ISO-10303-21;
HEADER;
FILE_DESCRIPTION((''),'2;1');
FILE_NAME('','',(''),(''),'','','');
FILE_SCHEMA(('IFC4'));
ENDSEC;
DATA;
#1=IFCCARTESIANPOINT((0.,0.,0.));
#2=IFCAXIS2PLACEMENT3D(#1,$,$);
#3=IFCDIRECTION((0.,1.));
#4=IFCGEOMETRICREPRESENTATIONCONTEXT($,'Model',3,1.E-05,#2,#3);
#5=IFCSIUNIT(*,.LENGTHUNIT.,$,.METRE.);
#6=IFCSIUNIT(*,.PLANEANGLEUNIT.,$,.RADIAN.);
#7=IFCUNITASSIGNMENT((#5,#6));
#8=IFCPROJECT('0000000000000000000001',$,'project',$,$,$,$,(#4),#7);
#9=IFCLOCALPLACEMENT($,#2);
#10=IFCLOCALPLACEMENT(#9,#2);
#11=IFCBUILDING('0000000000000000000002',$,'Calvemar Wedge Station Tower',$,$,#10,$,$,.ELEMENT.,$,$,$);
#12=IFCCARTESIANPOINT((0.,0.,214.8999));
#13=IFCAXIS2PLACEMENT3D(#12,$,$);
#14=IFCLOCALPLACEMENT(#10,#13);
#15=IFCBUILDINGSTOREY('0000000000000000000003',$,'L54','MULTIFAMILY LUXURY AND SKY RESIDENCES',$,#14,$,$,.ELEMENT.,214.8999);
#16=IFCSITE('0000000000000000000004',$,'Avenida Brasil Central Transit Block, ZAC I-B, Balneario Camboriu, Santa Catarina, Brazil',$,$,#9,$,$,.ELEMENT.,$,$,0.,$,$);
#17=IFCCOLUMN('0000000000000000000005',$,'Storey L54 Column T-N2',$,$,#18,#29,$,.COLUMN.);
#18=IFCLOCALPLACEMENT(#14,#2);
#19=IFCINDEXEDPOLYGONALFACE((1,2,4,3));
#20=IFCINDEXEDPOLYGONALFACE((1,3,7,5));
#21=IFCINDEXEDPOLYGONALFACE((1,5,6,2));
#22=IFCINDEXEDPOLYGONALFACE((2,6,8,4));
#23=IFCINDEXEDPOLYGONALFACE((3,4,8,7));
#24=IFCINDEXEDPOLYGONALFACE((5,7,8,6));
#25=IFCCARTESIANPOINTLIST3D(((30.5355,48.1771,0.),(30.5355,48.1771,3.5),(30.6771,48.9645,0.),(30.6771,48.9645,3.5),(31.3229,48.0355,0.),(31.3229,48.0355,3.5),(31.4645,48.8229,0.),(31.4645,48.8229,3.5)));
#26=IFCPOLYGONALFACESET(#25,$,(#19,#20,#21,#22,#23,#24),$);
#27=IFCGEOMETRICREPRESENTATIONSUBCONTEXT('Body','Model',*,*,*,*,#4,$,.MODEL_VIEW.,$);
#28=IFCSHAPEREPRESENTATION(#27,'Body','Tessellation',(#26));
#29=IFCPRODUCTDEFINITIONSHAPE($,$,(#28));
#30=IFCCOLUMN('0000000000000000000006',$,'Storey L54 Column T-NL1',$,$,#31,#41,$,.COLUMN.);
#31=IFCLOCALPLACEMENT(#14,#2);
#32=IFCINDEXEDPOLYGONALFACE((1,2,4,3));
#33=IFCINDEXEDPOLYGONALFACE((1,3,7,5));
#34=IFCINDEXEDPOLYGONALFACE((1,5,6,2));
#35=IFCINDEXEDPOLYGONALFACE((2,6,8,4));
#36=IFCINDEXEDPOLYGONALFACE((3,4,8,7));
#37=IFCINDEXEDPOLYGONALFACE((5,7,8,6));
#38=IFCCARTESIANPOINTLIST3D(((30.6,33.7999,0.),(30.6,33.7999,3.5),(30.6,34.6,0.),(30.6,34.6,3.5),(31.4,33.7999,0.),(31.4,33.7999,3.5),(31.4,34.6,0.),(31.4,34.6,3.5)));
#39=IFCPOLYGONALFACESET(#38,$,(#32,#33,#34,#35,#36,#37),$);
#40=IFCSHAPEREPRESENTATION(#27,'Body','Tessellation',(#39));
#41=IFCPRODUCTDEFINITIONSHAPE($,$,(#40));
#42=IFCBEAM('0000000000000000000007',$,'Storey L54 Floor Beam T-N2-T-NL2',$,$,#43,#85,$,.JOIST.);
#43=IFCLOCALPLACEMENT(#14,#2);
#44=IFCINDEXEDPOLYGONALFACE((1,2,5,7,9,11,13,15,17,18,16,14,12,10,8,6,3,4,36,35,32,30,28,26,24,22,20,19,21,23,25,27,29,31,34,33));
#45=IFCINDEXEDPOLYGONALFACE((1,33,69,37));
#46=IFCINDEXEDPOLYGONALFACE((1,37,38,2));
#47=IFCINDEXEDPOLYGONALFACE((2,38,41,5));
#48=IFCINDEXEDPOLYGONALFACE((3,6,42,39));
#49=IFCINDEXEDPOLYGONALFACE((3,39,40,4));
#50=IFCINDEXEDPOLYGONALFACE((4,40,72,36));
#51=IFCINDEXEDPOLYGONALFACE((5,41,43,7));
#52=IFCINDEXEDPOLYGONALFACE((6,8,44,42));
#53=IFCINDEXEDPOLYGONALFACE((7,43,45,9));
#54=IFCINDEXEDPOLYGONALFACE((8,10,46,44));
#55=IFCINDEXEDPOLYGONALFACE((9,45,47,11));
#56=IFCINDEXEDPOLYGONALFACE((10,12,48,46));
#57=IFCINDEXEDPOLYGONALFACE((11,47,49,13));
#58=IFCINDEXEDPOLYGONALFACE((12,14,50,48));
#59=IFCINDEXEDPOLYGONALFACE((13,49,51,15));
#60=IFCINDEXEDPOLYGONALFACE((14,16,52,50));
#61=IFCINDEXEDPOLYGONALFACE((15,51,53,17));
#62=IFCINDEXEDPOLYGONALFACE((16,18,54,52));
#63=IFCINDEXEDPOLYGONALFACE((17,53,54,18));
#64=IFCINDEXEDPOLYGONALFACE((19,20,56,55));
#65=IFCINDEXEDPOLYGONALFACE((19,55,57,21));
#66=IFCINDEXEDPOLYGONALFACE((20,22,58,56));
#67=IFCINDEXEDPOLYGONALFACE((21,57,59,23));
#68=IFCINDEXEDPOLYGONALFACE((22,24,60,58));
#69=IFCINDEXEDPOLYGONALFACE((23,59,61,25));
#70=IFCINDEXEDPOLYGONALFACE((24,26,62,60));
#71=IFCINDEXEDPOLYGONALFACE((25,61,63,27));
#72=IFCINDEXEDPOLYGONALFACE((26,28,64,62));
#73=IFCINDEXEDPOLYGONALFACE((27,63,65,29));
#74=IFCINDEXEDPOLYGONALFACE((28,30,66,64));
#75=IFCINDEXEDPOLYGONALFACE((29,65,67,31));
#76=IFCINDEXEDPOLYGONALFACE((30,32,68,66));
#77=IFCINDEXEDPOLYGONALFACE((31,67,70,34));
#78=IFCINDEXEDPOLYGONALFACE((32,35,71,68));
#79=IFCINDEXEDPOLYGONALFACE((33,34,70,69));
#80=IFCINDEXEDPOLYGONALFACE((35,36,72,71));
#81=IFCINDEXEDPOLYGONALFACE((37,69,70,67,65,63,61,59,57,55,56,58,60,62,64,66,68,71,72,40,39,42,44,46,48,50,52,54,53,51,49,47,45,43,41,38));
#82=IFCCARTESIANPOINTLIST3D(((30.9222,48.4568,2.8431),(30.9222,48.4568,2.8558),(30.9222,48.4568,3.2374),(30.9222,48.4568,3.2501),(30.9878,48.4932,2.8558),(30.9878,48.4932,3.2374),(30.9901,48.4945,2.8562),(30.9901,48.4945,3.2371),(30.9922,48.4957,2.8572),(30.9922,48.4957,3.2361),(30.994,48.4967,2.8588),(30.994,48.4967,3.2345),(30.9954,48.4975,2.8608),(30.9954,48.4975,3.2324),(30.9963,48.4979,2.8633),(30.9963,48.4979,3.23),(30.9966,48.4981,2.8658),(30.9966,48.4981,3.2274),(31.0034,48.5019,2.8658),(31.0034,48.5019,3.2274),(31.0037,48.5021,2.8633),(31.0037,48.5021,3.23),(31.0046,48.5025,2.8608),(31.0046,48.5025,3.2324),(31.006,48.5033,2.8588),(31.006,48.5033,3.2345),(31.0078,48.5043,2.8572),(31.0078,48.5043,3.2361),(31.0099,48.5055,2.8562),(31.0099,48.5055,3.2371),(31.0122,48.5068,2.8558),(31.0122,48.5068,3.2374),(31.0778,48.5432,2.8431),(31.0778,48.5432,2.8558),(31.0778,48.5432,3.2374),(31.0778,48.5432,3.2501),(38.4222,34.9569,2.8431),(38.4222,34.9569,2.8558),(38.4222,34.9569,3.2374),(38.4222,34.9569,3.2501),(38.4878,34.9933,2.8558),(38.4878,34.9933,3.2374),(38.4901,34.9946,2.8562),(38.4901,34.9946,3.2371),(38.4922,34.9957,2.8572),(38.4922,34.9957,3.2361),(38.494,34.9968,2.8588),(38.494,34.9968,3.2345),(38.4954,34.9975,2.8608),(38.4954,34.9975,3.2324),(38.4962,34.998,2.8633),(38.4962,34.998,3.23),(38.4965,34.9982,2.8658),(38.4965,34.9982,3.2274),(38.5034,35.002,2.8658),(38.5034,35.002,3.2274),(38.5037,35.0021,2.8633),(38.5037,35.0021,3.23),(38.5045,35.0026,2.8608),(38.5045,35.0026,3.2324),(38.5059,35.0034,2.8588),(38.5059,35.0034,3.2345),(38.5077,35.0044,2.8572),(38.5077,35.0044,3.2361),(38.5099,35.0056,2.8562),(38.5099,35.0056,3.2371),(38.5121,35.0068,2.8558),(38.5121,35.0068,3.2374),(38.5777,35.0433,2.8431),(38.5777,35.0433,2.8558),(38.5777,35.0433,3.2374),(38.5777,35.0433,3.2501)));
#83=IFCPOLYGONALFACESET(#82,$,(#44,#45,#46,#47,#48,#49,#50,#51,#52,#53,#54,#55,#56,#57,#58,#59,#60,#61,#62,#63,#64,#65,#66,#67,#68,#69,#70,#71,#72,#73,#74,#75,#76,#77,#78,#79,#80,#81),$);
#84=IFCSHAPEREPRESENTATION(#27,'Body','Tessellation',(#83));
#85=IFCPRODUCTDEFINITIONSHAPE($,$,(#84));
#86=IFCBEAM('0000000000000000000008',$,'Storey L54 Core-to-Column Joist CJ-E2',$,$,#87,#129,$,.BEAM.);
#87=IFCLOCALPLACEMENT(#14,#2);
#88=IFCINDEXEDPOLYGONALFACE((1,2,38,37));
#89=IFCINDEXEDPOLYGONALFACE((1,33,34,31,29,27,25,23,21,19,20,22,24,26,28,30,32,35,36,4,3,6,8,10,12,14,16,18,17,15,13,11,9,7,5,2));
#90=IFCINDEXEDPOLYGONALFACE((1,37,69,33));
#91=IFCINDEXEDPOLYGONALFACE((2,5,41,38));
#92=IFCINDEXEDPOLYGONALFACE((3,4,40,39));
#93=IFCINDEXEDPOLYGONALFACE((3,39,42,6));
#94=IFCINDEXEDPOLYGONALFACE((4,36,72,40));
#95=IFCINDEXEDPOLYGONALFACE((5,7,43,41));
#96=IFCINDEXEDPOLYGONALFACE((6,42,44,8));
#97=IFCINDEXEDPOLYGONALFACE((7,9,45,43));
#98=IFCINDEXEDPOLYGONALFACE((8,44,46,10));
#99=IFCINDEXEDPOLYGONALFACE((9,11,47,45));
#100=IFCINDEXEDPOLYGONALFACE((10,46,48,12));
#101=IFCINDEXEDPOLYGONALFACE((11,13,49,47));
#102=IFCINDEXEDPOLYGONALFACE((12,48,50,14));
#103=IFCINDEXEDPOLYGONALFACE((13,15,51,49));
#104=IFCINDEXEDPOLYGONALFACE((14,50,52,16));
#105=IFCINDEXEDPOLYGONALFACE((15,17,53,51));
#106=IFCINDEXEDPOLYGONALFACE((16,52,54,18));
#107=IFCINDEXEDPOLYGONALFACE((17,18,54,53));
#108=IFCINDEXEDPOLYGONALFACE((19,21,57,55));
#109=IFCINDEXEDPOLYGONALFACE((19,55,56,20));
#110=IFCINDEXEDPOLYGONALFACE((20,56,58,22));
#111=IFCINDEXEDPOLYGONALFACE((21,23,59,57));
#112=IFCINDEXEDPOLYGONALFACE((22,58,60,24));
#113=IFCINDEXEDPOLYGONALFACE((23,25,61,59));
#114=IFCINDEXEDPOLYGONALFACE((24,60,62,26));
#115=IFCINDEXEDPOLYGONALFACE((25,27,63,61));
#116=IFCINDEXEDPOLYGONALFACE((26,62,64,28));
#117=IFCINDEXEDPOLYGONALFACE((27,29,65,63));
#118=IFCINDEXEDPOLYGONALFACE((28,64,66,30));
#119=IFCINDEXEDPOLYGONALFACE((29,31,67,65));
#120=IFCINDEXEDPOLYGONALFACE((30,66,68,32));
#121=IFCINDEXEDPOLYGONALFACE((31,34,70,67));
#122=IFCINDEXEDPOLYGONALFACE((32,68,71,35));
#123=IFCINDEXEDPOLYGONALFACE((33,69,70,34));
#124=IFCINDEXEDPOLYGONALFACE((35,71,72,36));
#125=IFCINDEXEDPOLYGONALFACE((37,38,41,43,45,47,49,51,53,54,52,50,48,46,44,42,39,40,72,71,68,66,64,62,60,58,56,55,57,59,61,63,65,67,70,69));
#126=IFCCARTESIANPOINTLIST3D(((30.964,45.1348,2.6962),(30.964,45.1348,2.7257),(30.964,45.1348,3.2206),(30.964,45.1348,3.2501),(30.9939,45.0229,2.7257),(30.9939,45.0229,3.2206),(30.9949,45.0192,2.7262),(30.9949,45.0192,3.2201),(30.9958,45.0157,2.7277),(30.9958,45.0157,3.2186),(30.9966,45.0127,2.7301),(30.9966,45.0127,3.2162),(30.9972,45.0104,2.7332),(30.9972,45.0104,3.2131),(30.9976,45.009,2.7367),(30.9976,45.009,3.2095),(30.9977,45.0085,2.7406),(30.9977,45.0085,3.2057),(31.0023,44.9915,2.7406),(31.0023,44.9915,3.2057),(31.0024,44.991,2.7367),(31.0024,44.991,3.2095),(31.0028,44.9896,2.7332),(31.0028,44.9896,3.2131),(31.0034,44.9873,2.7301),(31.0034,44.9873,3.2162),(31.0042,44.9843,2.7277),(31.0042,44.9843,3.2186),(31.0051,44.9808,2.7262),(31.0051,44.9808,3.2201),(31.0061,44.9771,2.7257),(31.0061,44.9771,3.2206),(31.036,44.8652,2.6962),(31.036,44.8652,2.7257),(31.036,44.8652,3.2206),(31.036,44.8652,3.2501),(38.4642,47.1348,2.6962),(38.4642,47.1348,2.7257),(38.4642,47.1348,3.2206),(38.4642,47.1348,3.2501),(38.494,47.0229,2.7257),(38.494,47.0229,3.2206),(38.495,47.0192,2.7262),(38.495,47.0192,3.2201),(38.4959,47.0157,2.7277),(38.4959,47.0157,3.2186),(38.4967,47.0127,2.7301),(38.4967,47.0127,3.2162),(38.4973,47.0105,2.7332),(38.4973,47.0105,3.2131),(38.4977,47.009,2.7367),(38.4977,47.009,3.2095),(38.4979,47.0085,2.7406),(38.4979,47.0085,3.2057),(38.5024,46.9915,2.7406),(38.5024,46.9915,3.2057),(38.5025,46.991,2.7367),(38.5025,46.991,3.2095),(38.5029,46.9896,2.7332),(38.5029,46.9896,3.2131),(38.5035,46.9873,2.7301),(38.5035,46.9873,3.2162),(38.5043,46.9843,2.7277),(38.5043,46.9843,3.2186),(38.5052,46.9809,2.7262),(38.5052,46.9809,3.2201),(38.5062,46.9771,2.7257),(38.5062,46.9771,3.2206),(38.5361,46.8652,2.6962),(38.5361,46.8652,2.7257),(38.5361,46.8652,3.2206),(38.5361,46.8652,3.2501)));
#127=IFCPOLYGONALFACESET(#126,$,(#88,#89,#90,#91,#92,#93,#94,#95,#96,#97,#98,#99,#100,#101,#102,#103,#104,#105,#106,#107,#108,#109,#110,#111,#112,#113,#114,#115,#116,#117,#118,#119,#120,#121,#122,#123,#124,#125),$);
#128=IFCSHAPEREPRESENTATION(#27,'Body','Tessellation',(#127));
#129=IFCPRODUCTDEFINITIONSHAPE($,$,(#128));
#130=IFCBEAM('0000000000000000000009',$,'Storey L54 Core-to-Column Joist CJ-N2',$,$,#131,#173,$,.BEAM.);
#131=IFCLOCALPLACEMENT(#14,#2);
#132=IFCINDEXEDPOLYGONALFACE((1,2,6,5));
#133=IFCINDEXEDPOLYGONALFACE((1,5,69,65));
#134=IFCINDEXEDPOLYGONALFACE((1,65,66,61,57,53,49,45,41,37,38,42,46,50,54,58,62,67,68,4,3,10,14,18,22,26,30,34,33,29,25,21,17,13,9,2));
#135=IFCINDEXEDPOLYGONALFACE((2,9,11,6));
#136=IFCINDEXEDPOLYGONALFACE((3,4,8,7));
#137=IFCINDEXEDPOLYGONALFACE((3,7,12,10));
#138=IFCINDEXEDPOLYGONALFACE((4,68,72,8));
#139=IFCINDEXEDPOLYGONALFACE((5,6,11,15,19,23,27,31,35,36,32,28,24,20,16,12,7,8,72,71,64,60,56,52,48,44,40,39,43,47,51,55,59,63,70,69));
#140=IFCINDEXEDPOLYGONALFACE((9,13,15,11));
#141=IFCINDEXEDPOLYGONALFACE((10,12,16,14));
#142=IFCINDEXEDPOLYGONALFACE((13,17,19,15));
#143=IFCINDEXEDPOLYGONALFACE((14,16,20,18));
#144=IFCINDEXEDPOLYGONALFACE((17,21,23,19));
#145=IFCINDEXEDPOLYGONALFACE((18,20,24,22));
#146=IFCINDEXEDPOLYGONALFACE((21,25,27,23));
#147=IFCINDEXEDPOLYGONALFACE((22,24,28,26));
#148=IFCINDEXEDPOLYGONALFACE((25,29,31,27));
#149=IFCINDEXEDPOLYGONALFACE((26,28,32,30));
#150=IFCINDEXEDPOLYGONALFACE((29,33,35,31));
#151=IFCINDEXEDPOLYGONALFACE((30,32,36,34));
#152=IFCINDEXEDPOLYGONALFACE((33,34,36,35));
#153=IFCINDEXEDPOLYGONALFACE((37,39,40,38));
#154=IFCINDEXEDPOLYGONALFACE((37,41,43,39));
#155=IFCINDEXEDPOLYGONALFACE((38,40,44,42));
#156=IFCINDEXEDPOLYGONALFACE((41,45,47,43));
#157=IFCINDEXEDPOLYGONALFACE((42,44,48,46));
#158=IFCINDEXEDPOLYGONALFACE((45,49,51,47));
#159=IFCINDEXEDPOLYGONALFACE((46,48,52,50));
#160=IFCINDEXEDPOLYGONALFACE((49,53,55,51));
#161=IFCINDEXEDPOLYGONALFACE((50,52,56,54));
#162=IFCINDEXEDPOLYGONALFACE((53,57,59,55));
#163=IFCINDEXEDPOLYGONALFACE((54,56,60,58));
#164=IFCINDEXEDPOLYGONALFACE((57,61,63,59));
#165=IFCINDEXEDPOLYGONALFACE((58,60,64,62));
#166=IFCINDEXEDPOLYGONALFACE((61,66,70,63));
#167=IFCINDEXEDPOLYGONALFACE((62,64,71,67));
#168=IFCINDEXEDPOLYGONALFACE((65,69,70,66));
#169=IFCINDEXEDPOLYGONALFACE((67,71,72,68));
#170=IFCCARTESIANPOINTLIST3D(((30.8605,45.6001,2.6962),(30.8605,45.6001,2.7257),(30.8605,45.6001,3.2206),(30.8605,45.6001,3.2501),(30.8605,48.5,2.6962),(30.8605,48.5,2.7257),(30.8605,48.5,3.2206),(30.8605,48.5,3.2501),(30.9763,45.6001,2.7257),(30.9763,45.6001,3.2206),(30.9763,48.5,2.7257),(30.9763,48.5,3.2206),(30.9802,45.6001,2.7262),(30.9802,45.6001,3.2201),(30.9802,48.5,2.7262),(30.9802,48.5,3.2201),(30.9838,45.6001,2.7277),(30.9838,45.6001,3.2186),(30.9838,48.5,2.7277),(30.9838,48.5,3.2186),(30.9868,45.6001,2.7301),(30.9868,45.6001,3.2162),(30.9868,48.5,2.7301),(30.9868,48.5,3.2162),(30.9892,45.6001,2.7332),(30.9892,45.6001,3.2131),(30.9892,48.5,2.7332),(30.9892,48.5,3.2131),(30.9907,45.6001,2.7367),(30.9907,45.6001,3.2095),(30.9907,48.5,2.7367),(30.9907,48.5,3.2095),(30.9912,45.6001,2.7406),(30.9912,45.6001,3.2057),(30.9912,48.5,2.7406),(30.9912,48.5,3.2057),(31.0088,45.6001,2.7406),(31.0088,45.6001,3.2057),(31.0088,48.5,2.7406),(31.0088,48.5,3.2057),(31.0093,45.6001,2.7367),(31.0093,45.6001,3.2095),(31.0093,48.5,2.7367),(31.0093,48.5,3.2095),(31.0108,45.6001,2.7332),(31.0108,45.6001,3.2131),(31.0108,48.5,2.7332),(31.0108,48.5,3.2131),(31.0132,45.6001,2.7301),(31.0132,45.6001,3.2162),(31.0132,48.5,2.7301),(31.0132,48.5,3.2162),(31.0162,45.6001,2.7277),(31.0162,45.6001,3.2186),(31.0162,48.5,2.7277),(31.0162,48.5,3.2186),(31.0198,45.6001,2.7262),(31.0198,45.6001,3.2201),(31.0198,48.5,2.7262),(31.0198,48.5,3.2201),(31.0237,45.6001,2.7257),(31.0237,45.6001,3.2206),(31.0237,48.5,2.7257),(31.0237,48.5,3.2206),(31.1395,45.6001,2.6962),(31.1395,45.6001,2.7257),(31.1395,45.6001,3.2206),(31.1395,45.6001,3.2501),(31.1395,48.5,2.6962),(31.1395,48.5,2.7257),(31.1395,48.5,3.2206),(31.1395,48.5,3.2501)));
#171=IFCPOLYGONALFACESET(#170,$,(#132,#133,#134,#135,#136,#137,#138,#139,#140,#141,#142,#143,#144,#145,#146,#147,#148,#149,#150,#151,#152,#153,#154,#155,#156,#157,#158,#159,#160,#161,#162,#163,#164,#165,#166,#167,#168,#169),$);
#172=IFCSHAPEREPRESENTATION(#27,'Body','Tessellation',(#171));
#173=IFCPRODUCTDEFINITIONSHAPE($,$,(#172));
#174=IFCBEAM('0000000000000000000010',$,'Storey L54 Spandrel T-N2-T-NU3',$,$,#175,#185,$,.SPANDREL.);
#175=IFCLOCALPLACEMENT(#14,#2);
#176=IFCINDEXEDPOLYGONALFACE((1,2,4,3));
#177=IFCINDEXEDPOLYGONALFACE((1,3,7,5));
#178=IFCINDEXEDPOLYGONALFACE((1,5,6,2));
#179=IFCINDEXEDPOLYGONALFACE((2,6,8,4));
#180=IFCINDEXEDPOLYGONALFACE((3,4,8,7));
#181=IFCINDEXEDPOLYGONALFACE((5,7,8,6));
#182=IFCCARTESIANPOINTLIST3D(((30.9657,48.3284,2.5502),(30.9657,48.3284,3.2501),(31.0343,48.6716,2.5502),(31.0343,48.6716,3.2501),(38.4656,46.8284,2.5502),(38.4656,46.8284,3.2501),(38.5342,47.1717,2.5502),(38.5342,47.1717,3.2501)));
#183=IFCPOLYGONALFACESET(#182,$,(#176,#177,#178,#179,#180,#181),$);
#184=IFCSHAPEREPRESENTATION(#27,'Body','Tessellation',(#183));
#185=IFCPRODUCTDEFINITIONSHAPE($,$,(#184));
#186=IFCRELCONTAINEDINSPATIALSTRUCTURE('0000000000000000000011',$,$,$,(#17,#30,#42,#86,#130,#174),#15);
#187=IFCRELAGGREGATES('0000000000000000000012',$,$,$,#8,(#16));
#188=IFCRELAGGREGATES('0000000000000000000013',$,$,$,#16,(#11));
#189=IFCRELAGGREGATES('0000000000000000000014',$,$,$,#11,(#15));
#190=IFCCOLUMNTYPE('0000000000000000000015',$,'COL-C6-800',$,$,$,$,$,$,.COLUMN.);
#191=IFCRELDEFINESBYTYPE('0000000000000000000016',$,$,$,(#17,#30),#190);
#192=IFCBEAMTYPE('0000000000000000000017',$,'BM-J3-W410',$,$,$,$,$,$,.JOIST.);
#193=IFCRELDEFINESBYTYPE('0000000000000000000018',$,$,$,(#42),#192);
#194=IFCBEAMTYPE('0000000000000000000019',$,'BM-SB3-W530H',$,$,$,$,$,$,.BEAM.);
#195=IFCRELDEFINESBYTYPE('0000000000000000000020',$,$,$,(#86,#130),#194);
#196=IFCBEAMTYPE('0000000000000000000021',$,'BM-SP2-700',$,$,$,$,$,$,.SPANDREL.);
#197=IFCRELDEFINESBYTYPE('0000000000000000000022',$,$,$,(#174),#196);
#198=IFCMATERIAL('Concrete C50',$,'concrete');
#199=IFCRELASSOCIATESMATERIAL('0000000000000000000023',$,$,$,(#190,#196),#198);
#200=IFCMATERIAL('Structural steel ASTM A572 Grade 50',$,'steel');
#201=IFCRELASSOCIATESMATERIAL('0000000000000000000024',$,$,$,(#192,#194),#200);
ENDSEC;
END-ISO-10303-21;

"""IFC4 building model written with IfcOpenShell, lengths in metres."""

from ifc_helpers import new_model, si_unit, direction, frame, origin, origin_2d, place, context, subcontext, project, spatial, rectangle, i_section, extrude, source, transform, mapped, material, material_profile, profile_set, type_object, element, save


model = new_model("IFC4")

# Units and contexts
model_context = context("Model", 3, precision=1e-05, world=origin(), true_north=direction((0.0, 1.0)))
body_context = subcontext(model_context, "Body", "Model", "MODEL_VIEW")
ifc_project = project(units=[si_unit("LENGTHUNIT", "METRE"), si_unit("PLANEANGLEUNIT", "RADIAN")], contexts=[model_context])

# Site, building, storey
site_placement = place(None, origin())
site = spatial("IfcSite", under=ifc_project, at=site_placement, Name="Avenida Brasil Central Transit Block, ZAC I-B, Balneario Camboriu, Santa Catarina, Brazil", CompositionType="ELEMENT", RefElevation=0.0)
building_placement = place(site_placement, origin())
building = spatial("IfcBuilding", under=site, at=building_placement, Name="Calvemar Wedge Station Tower", CompositionType="ELEMENT")
storey_placement = place(building_placement, frame((0.0, 0.0, 214.8999)))
storey = spatial("IfcBuildingStorey", under=building, at=storey_placement, Name="L54", Description="MULTIFAMILY LUXURY AND SKY RESIDENCES", CompositionType="ELEMENT", Elevation=214.8999)

# Columns
ifc_material_1 = material(Name="Concrete C50", Category="concrete")
ifc_material_profile_1 = material_profile(ifc_material_1, rectangle(XDim=0.8, YDim=0.8, at=origin_2d()), Name="RC800x800")
ifc_profile_set_1 = profile_set([ifc_material_profile_1], Name="Concrete C50")
column_type = type_object("IfcColumnType", Name="COL-C6-800", PredefinedType="COLUMN", material=ifc_profile_set_1)
shared_shape_1 = source(origin(), body_context, "Body", "SweptSolid", [
    extrude(rectangle(XDim=0.8, YDim=0.8, at=origin_2d()), origin(), (0.0, 0.0, 1.0), 3.5),
])
for number, where, z_axis, x_axis, name in (
    (1, (31.0, 48.5, 0.0), (0.0, 0.0, 1.0), (0.984196, -0.177085, 0.0), "Storey L54 Column T-N2"),
    (2, (31.0, 34.2, 0.0), (0.0, 0.0, 1.0), (1.0, 0.0, 0.0), "Storey L54 Column T-NL1"),
):
    element("IfcColumn", number, at=place(storey_placement, frame(where, z_axis=z_axis, x_axis=x_axis)), inside=storey, type_object=column_type, Name=name, PredefinedType="COLUMN", context=body_context, shape_type="MappedRepresentation", body=[
        mapped(shared_shape_1, transform((0.0, 0.0, 0.0), scale=1.0)),
    ])

# Beams
ifc_material_2 = material(Name="Structural steel ASTM A572 Grade 50", Category="steel")
ifc_material_profile_2 = material_profile(ifc_material_2, i_section(OverallWidth=0.178, OverallDepth=0.407, WebThickness=0.0078, FlangeThickness=0.0127, FilletRadius=0.01, at=origin_2d()), Name="W410x60")
ifc_profile_set_2 = profile_set([ifc_material_profile_2], Name="Structural steel ASTM A572 Grade 50")
beam_type_1 = type_object("IfcBeamType", Name="BM-J3-W410", PredefinedType="JOIST", material=ifc_profile_set_2)
shared_shape_2 = source(origin(), body_context, "Body", "SweptSolid", [
    extrude(i_section(OverallWidth=0.178, OverallDepth=0.407, WebThickness=0.0078, FlangeThickness=0.0127, FilletRadius=0.01, at=origin_2d()), origin(), (0.0, 0.0, 1.0), 15.4434),
])
beam_1_placement = place(storey_placement, frame((31.0, 48.5, 3.0466), z_axis=(0.485643, -0.874157, 0.0), x_axis=(0.874157, 0.485643, 0.0)))
element("IfcBeam", 3, at=beam_1_placement, inside=storey, type_object=beam_type_1, Name="Storey L54 Floor Beam T-N2-T-NL2", PredefinedType="JOIST", context=body_context, shape_type="MappedRepresentation", body=[
    mapped(shared_shape_2, transform((0.0, 0.0, 0.0), scale=1.0)),
])
ifc_material_profile_3 = material_profile(ifc_material_2, i_section(OverallWidth=0.2791, OverallDepth=0.554, WebThickness=0.0176, FlangeThickness=0.0295, FilletRadius=0.0149, at=origin_2d()), Name="W530x196")
ifc_profile_set_3 = profile_set([ifc_material_profile_3], Name="Structural steel ASTM A572 Grade 50")
beam_type_2 = type_object("IfcBeamType", Name="BM-SB3-W530H", PredefinedType="BEAM", material=ifc_profile_set_3)
shared_shape_3 = source(origin(), body_context, "Body", "SweptSolid", [
    extrude(i_section(OverallWidth=0.2791, OverallDepth=0.554, WebThickness=0.0176, FlangeThickness=0.0295, FilletRadius=0.0149, at=origin_2d()), origin(), (0.0, 0.0, 1.0), 7.7622),
])
beam_2_placement = place(storey_placement, frame((31.0, 45.0, 2.9731), z_axis=(0.966235, 0.257663, 0.0), x_axis=(-0.257663, 0.966235, 0.0)))
element("IfcBeam", 4, at=beam_2_placement, inside=storey, type_object=beam_type_2, Name="Storey L54 Core-to-Column Joist CJ-E2", PredefinedType="BEAM", context=body_context, shape_type="MappedRepresentation", body=[
    mapped(shared_shape_3, transform((0.0, 0.0, 0.0), scale=1.0)),
])
shared_shape_4 = source(origin(), body_context, "Body", "SweptSolid", [
    extrude(i_section(OverallWidth=0.2791, OverallDepth=0.554, WebThickness=0.0176, FlangeThickness=0.0295, FilletRadius=0.0149, at=origin_2d()), origin(), (0.0, 0.0, 1.0), 2.8999),
])
beam_3_placement = place(storey_placement, frame((31.0, 45.6001, 2.9731), z_axis=(0.0, 1.0, 0.0), x_axis=(-1.0, 0.0, 0.0)))
element("IfcBeam", 5, at=beam_3_placement, inside=storey, type_object=beam_type_2, Name="Storey L54 Core-to-Column Joist CJ-N2", PredefinedType="BEAM", context=body_context, shape_type="MappedRepresentation", body=[
    mapped(shared_shape_4, transform((0.0, 0.0, 0.0), scale=1.0)),
])
ifc_material_profile_4 = material_profile(ifc_material_1, rectangle(XDim=0.3501, YDim=0.7, at=origin_2d()), Name="RC350x700")
ifc_profile_set_4 = profile_set([ifc_material_profile_4], Name="Concrete C50")
beam_type_3 = type_object("IfcBeamType", Name="BM-SP2-700", PredefinedType="SPANDREL", material=ifc_profile_set_4)
shared_shape_5 = source(origin(), body_context, "Body", "SweptSolid", [
    extrude(rectangle(XDim=0.3501, YDim=0.7, at=origin_2d()), origin(), (0.0, 0.0, 1.0), 7.6484),
])
beam_4_placement = place(storey_placement, frame((31.0, 48.5, 2.9001), z_axis=(0.980581, -0.196116, 0.0), x_axis=(0.196116, 0.980581, 0.0)))
element("IfcBeam", 6, at=beam_4_placement, inside=storey, type_object=beam_type_3, Name="Storey L54 Spandrel T-N2-T-NU3", PredefinedType="SPANDREL", context=body_context, shape_type="MappedRepresentation", body=[
    mapped(shared_shape_5, transform((0.0, 0.0, 0.0), scale=1.0)),
])

save(model, "model.ifc")
